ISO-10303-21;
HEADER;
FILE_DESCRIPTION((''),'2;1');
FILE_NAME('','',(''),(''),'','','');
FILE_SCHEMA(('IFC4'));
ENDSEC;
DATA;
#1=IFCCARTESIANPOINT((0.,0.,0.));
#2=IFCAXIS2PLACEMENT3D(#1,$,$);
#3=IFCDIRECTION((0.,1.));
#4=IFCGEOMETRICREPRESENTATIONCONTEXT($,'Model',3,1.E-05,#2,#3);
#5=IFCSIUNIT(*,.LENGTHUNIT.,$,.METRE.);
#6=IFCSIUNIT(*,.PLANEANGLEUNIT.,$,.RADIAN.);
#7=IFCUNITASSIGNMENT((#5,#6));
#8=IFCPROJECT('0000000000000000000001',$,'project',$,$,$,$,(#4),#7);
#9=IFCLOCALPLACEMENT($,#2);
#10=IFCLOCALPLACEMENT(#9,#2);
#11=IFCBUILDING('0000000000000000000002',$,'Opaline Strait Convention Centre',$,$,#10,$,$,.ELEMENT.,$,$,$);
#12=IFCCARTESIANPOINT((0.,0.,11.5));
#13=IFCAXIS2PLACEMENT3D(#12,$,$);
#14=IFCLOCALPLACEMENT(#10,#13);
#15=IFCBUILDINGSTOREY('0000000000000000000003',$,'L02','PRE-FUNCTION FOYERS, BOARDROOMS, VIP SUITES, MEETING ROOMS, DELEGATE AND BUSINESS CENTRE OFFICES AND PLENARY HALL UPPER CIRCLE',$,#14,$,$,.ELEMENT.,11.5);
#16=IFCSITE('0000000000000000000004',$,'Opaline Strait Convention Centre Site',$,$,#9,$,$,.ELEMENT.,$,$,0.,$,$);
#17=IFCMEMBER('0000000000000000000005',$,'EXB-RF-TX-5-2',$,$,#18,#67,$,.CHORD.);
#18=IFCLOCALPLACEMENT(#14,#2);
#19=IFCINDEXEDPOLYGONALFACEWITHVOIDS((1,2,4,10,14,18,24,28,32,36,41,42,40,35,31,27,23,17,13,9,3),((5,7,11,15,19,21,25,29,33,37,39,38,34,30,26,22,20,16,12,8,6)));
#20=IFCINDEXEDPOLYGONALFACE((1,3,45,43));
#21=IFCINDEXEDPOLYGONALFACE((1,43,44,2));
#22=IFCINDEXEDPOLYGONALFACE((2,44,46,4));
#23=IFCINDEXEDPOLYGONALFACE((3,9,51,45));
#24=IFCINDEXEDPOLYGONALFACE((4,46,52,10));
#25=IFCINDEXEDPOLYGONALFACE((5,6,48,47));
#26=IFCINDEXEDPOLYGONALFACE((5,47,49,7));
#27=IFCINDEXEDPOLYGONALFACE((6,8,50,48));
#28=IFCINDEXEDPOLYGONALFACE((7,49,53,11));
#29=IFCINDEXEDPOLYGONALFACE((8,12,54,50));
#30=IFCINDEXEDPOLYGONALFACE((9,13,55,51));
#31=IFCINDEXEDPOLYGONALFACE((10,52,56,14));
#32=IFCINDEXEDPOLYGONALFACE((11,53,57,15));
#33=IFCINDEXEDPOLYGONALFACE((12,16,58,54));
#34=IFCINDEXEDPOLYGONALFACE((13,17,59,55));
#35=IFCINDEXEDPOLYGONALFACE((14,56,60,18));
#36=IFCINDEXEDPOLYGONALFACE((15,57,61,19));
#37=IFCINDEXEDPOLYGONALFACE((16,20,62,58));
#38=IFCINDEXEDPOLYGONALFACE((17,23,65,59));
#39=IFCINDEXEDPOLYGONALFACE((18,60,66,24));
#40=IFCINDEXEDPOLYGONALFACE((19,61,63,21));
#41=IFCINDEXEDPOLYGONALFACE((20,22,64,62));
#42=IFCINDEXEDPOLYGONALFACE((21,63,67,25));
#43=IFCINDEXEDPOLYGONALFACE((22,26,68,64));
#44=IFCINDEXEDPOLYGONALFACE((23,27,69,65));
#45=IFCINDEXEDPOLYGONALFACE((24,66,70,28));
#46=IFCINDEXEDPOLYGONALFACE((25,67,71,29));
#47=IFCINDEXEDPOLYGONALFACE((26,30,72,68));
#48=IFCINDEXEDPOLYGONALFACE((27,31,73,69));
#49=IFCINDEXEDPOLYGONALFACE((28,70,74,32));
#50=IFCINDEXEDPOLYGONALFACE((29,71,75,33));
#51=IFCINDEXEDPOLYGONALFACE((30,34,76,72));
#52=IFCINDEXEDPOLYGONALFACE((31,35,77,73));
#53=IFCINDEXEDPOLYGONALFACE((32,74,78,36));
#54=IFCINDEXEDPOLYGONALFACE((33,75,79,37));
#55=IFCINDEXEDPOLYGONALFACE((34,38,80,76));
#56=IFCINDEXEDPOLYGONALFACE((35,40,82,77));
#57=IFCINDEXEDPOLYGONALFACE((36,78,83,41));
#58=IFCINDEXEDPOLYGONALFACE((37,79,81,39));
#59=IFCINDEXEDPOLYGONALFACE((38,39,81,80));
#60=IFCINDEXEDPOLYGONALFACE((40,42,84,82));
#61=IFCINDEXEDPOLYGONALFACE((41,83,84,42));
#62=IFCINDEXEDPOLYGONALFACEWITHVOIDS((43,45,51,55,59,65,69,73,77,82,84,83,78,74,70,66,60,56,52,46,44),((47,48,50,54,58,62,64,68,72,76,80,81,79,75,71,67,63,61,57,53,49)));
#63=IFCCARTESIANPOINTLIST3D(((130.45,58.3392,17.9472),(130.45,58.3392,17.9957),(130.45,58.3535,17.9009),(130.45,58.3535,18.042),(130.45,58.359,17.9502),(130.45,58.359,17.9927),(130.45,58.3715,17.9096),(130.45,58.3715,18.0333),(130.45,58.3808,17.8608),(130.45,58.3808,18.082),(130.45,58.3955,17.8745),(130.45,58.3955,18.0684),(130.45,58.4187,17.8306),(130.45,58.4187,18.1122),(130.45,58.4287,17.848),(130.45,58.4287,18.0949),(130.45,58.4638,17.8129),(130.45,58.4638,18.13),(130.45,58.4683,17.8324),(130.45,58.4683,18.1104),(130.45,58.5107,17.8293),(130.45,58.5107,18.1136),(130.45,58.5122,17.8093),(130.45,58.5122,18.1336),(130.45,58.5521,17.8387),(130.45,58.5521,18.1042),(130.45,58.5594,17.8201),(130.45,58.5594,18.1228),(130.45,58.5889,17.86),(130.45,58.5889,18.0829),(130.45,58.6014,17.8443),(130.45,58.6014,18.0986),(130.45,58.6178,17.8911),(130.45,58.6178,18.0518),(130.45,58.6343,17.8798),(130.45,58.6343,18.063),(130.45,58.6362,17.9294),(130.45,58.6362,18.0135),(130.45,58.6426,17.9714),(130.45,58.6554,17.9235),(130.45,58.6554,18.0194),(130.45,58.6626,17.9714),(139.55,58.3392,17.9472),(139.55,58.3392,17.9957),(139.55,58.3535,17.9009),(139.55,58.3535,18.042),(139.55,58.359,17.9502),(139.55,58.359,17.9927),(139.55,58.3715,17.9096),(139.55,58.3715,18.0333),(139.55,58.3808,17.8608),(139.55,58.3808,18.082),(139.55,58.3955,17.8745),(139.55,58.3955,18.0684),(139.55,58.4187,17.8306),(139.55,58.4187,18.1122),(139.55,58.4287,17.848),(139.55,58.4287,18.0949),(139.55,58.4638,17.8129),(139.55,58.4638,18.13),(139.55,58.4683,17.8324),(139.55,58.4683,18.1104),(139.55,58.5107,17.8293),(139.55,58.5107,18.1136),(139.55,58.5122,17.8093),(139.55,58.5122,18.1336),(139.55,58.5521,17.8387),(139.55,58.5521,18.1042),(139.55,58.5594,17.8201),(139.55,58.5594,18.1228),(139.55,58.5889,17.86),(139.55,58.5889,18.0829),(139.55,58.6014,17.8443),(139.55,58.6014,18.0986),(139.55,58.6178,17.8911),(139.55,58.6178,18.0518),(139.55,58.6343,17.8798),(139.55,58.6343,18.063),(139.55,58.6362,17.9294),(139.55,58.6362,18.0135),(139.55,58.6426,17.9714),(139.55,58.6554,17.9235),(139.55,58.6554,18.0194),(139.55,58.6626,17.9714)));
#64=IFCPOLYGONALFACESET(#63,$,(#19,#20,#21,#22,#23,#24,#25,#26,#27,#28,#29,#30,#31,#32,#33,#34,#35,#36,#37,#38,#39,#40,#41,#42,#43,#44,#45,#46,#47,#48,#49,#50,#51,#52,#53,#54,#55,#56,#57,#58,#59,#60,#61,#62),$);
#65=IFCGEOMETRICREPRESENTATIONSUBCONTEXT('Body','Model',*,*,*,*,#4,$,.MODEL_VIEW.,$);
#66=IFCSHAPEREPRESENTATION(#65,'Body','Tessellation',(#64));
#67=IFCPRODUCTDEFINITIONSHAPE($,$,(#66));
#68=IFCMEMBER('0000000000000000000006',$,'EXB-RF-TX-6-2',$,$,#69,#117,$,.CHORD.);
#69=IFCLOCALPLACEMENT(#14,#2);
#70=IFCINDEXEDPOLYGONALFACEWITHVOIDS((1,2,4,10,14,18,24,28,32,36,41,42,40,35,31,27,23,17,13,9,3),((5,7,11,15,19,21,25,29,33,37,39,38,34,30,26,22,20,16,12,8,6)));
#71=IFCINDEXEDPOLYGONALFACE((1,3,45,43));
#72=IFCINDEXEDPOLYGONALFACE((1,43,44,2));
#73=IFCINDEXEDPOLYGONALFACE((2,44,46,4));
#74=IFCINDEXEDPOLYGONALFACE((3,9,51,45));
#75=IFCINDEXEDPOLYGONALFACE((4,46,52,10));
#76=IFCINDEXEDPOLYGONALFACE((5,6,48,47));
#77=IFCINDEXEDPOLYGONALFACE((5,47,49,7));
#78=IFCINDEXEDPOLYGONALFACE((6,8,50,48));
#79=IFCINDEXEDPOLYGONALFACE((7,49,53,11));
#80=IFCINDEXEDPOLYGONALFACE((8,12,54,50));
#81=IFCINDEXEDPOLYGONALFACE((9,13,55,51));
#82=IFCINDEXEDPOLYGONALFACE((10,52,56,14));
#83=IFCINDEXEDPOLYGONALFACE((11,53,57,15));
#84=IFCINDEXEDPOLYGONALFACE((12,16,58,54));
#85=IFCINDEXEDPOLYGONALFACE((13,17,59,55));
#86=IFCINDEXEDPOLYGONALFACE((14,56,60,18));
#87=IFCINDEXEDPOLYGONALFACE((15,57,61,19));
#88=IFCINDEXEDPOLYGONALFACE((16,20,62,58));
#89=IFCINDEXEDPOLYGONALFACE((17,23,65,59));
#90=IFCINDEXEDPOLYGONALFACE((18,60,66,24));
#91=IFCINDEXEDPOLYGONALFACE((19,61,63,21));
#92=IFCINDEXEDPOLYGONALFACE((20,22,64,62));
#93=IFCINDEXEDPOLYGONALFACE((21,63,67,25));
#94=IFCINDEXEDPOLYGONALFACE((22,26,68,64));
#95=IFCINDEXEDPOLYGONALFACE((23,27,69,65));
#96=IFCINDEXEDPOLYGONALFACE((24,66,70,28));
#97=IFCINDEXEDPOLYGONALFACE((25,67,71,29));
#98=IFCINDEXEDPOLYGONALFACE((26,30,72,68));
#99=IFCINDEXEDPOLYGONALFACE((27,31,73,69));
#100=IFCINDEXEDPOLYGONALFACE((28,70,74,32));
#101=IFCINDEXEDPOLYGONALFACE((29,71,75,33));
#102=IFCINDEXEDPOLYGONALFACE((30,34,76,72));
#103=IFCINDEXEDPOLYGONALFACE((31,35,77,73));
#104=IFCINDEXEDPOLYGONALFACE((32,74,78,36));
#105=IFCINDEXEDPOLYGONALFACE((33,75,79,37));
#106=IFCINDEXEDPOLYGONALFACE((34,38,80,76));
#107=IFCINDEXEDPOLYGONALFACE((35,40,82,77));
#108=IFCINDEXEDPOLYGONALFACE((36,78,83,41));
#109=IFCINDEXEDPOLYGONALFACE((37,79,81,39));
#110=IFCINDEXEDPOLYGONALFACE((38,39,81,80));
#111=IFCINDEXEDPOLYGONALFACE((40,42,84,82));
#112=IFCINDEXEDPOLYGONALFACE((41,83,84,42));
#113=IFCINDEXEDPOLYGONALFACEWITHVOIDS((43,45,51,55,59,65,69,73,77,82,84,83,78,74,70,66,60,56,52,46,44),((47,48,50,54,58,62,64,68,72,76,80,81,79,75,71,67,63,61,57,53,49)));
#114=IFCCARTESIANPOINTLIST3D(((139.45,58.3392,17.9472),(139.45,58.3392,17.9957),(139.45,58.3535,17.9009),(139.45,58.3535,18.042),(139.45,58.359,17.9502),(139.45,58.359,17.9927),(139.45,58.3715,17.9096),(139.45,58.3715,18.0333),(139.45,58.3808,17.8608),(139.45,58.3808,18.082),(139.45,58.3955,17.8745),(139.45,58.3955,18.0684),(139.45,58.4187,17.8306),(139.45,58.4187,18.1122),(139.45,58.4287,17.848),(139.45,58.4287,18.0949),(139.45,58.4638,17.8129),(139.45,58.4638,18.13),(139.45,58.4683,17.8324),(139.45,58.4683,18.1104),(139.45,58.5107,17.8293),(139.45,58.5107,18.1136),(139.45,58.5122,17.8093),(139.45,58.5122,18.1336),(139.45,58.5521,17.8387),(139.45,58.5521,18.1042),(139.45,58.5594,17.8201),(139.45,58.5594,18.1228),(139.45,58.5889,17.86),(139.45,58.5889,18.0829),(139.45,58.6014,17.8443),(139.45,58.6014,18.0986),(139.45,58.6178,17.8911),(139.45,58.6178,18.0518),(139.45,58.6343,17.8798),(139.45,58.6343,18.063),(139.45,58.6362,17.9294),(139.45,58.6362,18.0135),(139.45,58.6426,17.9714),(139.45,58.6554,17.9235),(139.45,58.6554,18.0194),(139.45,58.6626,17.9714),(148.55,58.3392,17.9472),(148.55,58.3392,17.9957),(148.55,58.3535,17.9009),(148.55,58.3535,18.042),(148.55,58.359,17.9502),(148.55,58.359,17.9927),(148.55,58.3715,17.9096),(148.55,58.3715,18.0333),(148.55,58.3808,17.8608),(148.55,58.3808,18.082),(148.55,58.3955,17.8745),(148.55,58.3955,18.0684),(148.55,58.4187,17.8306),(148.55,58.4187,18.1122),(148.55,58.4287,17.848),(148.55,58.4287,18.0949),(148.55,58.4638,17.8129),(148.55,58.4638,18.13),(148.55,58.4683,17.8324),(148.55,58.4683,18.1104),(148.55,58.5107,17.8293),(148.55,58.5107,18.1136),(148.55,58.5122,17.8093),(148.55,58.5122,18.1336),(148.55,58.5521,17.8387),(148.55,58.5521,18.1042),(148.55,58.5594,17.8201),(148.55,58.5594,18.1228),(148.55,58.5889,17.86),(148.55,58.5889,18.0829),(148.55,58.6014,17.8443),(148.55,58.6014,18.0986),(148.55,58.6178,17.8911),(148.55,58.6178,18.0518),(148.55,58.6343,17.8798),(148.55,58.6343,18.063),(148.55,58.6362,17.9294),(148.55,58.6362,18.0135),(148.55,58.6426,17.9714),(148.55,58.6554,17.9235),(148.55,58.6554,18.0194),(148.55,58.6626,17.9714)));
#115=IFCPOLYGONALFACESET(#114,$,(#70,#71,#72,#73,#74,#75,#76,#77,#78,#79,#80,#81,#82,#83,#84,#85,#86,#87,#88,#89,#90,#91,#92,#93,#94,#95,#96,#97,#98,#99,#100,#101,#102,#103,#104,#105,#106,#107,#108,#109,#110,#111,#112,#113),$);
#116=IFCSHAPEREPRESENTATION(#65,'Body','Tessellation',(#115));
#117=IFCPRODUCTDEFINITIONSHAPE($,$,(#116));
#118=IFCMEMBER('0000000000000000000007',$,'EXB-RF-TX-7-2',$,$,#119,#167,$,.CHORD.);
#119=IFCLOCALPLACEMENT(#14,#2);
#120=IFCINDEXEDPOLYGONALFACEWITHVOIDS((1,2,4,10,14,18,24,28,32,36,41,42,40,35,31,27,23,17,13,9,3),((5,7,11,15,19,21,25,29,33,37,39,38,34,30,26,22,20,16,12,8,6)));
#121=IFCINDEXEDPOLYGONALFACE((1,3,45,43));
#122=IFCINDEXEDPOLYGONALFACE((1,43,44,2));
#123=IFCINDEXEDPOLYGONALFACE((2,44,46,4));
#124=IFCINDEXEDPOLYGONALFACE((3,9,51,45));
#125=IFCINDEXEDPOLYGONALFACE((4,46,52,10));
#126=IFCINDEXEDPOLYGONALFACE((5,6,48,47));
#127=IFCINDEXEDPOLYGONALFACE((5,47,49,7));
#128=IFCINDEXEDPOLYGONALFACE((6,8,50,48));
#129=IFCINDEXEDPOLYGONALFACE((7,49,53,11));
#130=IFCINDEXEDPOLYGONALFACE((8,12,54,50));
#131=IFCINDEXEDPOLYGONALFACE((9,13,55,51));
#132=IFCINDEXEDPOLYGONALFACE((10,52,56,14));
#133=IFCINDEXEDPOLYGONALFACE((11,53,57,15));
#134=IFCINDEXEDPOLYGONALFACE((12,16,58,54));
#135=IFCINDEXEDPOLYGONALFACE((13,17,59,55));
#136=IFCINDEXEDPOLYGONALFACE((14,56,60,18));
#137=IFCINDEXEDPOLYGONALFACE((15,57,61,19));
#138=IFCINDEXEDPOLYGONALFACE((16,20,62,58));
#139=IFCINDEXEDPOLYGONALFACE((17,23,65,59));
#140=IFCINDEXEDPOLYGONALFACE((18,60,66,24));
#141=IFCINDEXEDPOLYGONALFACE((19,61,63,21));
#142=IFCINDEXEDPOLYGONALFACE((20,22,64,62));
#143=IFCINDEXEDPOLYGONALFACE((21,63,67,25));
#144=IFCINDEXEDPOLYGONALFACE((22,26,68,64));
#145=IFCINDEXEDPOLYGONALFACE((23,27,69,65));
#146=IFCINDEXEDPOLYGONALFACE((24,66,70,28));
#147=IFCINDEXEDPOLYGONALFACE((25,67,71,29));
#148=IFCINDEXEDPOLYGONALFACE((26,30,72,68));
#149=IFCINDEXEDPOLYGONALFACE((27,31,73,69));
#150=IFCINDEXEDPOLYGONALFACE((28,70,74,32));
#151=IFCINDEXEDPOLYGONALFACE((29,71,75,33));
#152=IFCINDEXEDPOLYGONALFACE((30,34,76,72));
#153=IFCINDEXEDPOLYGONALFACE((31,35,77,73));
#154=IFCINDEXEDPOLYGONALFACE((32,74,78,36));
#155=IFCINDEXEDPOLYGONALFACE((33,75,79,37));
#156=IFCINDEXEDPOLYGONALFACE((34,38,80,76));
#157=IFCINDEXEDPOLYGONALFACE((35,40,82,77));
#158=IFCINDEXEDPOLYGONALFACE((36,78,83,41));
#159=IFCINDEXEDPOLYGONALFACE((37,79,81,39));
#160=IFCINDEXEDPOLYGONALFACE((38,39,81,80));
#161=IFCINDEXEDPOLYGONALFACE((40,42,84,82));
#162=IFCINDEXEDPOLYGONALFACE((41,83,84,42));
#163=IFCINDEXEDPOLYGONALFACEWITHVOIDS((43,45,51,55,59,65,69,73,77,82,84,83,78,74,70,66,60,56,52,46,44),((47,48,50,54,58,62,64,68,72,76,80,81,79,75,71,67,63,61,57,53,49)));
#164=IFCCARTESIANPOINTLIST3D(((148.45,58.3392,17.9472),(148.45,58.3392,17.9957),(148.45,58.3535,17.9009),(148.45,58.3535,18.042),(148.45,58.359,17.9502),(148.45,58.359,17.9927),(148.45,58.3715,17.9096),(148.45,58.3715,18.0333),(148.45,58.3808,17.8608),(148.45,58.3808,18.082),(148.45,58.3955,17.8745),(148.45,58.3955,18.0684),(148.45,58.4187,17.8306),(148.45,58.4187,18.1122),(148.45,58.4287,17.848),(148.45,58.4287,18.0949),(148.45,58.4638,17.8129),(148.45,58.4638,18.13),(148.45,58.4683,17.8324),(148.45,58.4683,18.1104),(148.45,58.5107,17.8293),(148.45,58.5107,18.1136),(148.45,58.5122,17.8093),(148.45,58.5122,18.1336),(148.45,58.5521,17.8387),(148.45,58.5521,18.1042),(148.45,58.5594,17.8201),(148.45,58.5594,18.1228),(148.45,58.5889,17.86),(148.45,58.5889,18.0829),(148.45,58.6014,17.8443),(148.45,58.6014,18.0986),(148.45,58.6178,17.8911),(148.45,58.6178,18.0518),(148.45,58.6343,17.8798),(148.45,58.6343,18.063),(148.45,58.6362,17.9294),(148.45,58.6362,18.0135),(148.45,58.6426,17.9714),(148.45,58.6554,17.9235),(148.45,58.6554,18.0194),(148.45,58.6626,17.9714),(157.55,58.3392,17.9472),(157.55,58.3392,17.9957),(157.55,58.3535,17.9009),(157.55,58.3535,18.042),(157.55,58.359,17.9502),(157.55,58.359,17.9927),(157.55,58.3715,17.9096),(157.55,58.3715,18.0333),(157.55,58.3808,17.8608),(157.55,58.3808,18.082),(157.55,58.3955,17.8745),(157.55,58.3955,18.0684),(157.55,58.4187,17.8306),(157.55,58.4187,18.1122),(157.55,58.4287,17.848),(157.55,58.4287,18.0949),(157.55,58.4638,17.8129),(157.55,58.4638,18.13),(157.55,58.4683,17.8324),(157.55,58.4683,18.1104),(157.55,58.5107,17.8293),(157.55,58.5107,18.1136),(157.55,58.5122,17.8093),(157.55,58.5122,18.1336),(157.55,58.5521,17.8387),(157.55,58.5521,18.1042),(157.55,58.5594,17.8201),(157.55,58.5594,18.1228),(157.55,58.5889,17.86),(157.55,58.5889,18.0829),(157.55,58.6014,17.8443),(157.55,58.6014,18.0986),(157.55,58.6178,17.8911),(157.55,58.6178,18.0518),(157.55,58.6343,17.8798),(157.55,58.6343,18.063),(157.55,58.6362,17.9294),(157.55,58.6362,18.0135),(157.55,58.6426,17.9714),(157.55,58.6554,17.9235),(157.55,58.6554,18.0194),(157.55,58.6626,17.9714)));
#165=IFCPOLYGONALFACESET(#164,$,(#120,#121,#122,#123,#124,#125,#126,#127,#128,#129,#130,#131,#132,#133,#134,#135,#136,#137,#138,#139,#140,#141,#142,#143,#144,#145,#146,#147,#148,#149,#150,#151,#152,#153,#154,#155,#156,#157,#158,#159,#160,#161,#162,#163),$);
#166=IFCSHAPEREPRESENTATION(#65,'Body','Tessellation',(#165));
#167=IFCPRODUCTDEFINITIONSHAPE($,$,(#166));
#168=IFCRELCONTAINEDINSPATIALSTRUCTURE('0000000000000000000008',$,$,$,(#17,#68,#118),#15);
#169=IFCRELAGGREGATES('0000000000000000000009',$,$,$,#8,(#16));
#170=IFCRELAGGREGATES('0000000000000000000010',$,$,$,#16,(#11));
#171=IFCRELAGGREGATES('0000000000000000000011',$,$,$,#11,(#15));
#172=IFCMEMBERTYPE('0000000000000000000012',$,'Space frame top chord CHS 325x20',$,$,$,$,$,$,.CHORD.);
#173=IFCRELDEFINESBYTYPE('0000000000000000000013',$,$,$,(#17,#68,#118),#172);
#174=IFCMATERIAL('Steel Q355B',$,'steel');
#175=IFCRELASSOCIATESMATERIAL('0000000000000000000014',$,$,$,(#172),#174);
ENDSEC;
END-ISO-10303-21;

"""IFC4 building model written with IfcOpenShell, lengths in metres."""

from ifc_helpers import new_model, si_unit, direction, frame, origin, origin_2d, place, context, subcontext, project, spatial, hollow_circle, extrude, material, material_profile, profile_set, type_object, element, save


model = new_model("IFC4")

# Units and contexts
model_context = context("Model", 3, precision=1e-05, world=origin(), true_north=direction((0.0, 1.0)))
body_context = subcontext(model_context, "Body", "Model", "MODEL_VIEW")
ifc_project = project(units=[si_unit("LENGTHUNIT", "METRE"), si_unit("PLANEANGLEUNIT", "RADIAN")], contexts=[model_context])

# Site, building, storey
site_placement = place(None, origin())
site = spatial("IfcSite", under=ifc_project, at=site_placement, Name="Opaline Strait Convention Centre Site", CompositionType="ELEMENT", RefElevation=0.0)
building_placement = place(site_placement, origin())
building = spatial("IfcBuilding", under=site, at=building_placement, Name="Opaline Strait Convention Centre", CompositionType="ELEMENT")
storey_placement = place(building_placement, frame((0.0, 0.0, 11.5)))
storey = spatial("IfcBuildingStorey", under=building, at=storey_placement, Name="L02", Description="PRE-FUNCTION FOYERS, BOARDROOMS, VIP SUITES, MEETING ROOMS, DELEGATE AND BUSINESS CENTRE OFFICES AND PLENARY HALL UPPER CIRCLE", CompositionType="ELEMENT", Elevation=11.5)

# Members
ifc_material_1 = material(Name="Steel Q355B", Category="steel")
ifc_material_profile_1 = material_profile(ifc_material_1, hollow_circle(Radius=0.1626, WallThickness=0.02, at=origin_2d()), Name="CHS 325x20")
ifc_profile_set_1 = profile_set([ifc_material_profile_1], Name="Steel Q355B")
member_type_1 = type_object("IfcMemberType", Name="Space frame top chord CHS 325x20", PredefinedType="CHORD", material=ifc_profile_set_1)
for number, where, z_axis, x_axis, name in (
    (1, (130.45, 58.5, 17.9714), (1.0, 0.0, 0.0), (0.0, 1.0, 0.0), "EXB-RF-TX-5-2"),
    (2, (139.45, 58.5, 17.9714), (1.0, 0.0, 0.0), (0.0, 1.0, 0.0), "EXB-RF-TX-6-2"),
    (3, (148.45, 58.5, 17.9714), (1.0, 0.0, 0.0), (0.0, 1.0, 0.0), "EXB-RF-TX-7-2"),
):
    element("IfcMember", number, at=place(storey_placement, frame(where, z_axis=z_axis, x_axis=x_axis)), inside=storey, type_object=member_type_1, Name=name, PredefinedType="CHORD", context=body_context, shape_type="SweptSolid", body=[
        extrude(hollow_circle(Radius=0.1626, WallThickness=0.02, at=origin_2d()), origin(), (0.0, 0.0, 1.0), 9.1001),
    ])

save(model, "model.ifc")
